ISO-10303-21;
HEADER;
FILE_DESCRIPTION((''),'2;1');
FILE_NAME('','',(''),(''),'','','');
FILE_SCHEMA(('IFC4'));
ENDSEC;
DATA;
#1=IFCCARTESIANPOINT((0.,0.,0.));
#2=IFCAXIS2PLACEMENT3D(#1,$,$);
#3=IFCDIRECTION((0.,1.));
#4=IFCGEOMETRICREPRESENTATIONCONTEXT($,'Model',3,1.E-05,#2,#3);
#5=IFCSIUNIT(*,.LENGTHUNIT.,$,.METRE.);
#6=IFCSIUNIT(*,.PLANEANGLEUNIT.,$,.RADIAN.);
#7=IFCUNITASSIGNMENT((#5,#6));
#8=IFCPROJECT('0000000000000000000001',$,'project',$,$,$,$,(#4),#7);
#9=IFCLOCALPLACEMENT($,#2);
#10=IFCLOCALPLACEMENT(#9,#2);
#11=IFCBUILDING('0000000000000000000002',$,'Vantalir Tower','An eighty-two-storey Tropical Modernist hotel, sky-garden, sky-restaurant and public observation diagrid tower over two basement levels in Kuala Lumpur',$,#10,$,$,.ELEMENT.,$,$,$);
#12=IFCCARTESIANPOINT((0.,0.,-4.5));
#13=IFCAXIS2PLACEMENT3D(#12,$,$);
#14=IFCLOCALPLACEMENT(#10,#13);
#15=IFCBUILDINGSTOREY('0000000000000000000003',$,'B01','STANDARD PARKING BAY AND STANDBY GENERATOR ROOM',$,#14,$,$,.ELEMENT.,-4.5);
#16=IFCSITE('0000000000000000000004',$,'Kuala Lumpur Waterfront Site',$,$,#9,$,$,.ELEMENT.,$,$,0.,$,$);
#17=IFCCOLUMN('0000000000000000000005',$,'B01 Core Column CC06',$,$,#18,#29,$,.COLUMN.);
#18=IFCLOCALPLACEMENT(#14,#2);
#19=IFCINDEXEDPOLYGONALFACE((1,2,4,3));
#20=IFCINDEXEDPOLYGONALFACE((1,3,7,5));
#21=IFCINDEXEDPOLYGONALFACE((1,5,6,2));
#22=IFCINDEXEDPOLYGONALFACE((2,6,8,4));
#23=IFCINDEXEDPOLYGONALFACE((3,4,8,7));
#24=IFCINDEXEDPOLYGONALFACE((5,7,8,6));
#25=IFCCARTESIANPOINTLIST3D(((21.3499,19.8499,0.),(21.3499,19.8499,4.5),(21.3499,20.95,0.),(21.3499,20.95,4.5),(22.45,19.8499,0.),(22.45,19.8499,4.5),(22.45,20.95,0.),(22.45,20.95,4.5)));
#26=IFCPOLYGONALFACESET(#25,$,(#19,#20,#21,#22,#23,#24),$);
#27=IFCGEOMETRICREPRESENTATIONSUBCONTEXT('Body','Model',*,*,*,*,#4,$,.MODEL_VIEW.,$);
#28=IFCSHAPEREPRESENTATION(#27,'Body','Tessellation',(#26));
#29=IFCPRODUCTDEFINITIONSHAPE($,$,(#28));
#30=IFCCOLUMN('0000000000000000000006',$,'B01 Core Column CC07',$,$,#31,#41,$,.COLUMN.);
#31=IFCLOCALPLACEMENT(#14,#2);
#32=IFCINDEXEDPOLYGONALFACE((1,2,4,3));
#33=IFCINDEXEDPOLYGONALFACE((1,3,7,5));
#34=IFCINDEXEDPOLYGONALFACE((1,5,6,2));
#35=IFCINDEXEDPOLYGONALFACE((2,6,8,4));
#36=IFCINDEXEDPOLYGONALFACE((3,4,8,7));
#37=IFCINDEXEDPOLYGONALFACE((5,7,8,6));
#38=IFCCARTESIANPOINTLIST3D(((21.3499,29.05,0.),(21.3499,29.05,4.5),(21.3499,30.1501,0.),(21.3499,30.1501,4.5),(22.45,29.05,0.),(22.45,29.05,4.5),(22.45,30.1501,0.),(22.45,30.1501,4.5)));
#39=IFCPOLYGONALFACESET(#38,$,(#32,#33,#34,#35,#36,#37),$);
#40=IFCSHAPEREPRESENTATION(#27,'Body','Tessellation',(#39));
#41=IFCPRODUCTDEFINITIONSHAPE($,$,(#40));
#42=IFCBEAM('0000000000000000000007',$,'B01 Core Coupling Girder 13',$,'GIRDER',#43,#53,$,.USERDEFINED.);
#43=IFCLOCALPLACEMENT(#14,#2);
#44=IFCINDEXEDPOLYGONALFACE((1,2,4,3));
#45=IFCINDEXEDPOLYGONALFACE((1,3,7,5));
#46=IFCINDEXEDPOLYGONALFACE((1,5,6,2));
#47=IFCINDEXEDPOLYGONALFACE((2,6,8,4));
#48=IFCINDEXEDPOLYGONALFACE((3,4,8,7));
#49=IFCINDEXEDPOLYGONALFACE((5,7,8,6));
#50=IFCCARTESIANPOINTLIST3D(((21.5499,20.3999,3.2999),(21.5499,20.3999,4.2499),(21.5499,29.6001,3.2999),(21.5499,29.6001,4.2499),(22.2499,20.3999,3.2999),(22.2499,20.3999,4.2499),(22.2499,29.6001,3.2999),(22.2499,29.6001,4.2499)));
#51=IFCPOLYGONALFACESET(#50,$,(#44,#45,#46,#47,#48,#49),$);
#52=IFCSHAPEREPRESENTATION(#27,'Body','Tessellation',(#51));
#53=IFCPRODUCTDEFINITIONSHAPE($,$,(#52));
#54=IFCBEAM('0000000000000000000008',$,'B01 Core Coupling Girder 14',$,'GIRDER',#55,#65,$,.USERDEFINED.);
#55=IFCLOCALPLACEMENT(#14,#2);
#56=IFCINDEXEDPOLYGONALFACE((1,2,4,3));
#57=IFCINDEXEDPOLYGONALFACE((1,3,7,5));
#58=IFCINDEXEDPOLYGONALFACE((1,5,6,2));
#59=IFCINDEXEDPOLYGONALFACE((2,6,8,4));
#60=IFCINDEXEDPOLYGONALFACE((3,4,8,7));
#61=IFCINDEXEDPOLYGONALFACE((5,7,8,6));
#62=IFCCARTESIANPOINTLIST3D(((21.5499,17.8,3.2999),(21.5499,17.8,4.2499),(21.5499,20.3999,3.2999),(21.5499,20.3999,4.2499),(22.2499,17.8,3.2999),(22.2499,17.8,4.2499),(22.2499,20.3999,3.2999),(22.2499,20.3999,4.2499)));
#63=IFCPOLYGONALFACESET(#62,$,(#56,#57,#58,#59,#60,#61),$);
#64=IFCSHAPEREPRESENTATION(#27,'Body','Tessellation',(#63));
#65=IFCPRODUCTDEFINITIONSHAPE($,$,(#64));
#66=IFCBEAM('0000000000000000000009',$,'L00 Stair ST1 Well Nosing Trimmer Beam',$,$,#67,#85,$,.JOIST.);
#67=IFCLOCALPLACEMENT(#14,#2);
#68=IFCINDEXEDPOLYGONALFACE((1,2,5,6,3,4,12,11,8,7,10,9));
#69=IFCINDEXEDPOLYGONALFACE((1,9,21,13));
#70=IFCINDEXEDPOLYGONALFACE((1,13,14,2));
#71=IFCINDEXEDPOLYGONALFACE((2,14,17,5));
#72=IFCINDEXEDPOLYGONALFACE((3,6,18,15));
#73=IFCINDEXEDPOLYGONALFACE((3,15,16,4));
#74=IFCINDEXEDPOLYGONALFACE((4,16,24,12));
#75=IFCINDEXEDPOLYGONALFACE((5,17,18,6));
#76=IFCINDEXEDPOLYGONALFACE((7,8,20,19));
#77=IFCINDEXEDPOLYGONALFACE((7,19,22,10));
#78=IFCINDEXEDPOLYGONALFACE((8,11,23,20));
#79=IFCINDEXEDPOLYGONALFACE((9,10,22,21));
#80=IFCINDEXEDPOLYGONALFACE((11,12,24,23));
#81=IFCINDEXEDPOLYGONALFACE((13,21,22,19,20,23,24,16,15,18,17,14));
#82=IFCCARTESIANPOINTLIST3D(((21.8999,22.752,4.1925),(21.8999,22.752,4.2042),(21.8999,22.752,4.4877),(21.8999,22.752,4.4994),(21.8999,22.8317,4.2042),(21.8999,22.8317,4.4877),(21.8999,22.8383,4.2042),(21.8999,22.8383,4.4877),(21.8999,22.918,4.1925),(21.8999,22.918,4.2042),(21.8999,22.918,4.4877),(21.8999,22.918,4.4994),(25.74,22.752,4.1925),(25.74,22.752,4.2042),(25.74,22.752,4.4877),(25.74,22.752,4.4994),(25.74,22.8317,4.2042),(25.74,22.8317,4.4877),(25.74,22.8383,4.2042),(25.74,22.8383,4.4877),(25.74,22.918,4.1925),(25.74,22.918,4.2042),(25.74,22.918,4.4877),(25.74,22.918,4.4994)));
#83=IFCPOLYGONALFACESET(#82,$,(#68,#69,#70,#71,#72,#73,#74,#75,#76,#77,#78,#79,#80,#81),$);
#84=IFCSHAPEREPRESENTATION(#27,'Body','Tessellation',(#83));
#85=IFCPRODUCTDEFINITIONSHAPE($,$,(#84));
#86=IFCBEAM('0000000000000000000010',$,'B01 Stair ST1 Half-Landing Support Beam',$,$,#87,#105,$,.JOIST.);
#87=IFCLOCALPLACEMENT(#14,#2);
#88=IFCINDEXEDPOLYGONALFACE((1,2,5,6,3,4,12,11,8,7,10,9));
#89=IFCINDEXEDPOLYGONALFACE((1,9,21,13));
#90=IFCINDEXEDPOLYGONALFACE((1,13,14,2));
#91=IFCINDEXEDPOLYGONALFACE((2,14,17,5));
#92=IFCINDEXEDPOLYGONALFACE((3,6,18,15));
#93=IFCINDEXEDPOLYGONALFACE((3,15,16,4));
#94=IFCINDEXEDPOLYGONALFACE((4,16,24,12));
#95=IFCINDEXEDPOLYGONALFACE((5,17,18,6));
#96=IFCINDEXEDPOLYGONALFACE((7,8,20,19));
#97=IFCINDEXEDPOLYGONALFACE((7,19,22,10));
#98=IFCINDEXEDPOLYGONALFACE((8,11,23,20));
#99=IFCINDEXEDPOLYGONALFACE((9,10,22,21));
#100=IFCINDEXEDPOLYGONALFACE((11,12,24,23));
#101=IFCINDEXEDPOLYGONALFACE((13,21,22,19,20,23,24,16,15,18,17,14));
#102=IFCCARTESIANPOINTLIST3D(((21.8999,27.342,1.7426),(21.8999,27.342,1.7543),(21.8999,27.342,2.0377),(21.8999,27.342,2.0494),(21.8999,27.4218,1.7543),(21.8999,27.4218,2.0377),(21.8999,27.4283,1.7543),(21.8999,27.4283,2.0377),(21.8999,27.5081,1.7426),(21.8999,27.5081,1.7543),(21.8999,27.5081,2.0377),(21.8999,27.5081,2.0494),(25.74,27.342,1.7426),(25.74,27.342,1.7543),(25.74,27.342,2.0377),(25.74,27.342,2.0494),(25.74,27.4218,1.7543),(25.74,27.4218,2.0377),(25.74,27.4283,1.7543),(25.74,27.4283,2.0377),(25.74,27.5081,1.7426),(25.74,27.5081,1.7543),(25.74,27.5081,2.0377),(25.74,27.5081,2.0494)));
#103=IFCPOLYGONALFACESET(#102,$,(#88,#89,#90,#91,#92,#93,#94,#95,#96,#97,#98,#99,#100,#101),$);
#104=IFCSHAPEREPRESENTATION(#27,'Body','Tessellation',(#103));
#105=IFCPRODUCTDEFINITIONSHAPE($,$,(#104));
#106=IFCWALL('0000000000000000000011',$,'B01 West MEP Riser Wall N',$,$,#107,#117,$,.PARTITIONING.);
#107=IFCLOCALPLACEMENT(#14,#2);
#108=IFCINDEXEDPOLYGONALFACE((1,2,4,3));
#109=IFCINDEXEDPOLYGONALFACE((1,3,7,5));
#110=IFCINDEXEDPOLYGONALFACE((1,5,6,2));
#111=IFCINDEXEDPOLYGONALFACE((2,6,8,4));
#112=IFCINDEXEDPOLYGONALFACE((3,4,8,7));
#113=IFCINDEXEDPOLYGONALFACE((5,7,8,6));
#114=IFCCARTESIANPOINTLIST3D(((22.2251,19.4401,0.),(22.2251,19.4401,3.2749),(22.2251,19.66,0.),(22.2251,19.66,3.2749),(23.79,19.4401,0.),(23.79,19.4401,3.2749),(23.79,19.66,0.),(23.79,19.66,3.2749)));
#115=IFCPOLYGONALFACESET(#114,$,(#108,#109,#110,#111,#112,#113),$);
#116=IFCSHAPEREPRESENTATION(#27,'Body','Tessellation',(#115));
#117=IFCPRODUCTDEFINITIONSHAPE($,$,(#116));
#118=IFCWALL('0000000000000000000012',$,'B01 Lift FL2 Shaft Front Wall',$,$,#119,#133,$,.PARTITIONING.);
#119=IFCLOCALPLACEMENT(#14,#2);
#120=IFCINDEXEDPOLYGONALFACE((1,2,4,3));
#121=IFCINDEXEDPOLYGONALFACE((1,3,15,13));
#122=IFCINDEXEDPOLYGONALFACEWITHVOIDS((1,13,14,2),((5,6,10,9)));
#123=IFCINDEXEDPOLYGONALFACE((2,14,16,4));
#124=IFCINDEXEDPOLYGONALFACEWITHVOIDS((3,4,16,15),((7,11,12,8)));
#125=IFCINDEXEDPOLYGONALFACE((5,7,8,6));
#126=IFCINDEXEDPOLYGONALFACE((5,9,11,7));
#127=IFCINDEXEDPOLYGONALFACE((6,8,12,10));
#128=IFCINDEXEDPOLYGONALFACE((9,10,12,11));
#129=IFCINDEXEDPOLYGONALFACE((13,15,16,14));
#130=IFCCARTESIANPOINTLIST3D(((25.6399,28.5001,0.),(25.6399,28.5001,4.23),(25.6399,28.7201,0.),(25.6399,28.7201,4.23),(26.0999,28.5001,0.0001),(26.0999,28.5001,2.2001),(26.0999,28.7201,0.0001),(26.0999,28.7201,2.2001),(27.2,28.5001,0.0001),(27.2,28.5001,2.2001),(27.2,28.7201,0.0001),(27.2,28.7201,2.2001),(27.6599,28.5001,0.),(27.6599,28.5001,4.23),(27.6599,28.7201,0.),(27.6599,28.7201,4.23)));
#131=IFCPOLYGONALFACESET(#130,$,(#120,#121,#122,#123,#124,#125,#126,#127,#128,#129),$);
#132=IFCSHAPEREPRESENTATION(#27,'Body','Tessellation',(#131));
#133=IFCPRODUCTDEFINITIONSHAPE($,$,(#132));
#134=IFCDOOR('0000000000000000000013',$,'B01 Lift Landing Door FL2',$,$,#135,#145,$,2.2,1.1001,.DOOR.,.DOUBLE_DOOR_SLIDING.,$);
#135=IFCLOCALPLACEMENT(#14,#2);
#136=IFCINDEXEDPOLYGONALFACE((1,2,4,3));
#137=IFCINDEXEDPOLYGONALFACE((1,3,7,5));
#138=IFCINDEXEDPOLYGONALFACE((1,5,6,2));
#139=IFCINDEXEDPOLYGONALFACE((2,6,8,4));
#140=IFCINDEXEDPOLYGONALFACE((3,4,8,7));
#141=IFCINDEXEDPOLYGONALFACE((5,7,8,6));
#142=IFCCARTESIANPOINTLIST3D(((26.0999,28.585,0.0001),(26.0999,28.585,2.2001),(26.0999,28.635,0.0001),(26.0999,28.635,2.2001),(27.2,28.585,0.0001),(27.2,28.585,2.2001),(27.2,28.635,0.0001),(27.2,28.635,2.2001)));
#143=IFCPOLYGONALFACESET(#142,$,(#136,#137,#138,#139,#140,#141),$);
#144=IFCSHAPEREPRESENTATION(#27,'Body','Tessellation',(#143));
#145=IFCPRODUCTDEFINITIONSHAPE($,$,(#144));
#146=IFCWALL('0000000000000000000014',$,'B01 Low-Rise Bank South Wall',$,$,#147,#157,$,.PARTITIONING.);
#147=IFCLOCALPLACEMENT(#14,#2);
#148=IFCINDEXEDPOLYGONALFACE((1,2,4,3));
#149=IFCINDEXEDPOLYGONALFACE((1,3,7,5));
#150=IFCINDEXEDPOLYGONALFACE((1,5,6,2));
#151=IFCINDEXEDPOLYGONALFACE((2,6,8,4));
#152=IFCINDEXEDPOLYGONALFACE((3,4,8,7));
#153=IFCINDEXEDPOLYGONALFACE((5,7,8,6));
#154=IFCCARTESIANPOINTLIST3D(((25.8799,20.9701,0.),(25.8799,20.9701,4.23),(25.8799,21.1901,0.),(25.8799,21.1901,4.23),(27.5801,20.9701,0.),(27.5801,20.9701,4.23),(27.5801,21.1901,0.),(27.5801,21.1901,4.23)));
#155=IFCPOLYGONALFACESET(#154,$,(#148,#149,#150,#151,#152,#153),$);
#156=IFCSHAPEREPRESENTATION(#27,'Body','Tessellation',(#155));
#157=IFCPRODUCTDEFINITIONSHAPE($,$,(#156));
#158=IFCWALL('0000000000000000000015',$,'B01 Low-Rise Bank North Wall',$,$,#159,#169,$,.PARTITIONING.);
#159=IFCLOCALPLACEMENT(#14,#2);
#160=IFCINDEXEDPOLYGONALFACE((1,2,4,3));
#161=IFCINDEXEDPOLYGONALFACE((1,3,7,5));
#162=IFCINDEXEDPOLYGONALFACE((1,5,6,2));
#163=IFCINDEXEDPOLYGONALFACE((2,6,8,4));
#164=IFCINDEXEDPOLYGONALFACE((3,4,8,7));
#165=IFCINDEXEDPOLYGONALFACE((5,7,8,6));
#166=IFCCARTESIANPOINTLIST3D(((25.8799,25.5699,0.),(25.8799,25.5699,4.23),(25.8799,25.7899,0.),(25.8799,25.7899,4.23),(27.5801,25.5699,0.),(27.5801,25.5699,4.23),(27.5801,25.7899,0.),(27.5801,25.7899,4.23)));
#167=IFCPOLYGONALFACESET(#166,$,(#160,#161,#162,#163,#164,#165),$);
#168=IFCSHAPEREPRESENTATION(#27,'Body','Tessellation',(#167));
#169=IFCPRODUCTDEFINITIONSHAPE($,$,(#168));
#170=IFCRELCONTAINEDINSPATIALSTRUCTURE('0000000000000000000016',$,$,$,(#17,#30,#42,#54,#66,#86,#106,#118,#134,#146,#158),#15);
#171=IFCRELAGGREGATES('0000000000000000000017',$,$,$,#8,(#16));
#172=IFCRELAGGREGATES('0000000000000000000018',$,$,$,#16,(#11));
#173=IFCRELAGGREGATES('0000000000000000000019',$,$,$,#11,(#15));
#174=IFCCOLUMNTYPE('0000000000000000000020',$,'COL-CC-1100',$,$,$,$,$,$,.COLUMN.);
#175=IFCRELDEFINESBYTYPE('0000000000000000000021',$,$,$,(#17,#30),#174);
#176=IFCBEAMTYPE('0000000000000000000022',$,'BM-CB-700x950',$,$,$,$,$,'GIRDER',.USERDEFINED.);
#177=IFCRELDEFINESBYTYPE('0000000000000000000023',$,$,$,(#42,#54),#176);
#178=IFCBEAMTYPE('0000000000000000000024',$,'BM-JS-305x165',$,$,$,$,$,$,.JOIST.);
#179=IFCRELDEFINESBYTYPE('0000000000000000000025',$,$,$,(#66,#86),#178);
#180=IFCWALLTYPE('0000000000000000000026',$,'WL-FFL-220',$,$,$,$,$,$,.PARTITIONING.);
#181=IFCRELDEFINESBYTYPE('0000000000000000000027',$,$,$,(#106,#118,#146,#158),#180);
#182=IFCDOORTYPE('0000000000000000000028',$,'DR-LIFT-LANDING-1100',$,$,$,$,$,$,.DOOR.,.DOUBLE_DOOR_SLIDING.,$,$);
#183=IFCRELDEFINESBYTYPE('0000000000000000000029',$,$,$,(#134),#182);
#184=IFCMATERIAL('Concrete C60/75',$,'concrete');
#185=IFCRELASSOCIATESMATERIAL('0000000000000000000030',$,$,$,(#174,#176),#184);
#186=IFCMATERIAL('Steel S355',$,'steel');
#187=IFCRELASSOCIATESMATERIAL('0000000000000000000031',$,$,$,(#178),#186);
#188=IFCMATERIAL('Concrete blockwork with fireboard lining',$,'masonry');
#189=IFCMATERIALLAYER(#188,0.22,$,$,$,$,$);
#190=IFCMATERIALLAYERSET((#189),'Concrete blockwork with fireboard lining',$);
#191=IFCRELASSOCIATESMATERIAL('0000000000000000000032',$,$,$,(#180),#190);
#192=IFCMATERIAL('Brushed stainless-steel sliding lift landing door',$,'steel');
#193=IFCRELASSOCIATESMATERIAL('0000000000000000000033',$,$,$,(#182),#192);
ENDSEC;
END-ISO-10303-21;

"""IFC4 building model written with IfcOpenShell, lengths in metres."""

from ifc_helpers import new_model, si_unit, direction, frame, frame_2d, origin, origin_2d, place, context, subcontext, project, spatial, rectangle, i_section, extrude, material, layer, layer_set, material_profile, profile_set, type_object, element, fill, save


model = new_model("IFC4")

# Units and contexts
model_context = context("Model", 3, precision=1e-05, world=origin(), true_north=direction((0.0, 1.0)))
body_context = subcontext(model_context, "Body", "Model", "MODEL_VIEW")
ifc_project = project(units=[si_unit("LENGTHUNIT", "METRE"), si_unit("PLANEANGLEUNIT", "RADIAN")], contexts=[model_context])

# Site, building, storey
site_placement = place(None, origin())
site = spatial("IfcSite", under=ifc_project, at=site_placement, Name="Kuala Lumpur Waterfront Site", CompositionType="ELEMENT", RefElevation=0.0)
building_placement = place(site_placement, origin())
building = spatial("IfcBuilding", under=site, at=building_placement, Name="Vantalir Tower", Description="An eighty-two-storey Tropical Modernist hotel, sky-garden, sky-restaurant and public observation diagrid tower over two basement levels in Kuala Lumpur", CompositionType="ELEMENT")
storey_placement = place(building_placement, frame((0.0, 0.0, -4.5)))
storey = spatial("IfcBuildingStorey", under=building, at=storey_placement, Name="B01", Description="STANDARD PARKING BAY AND STANDBY GENERATOR ROOM", CompositionType="ELEMENT", Elevation=-4.5)

# Columns
ifc_material_1 = material(Name="Concrete C60/75", Category="concrete")
ifc_material_profile_1 = material_profile(ifc_material_1, rectangle(XDim=1.1001, YDim=1.1001, at=origin_2d()), Name="Concrete C60/75")
ifc_profile_set_1 = profile_set([ifc_material_profile_1], Name="Concrete C60/75")
column_type = type_object("IfcColumnType", Name="COL-CC-1100", PredefinedType="COLUMN", material=ifc_profile_set_1)
for number, where, z_axis, x_axis, name in (
    (1, (21.8999, 20.3999, 0.0), (0.0, 0.0, 1.0), (1.0, 0.0, 0.0), "B01 Core Column CC06"),
    (2, (21.8999, 29.6001, 0.0), (0.0, 0.0, 1.0), (1.0, 0.0, 0.0), "B01 Core Column CC07"),
):
    element("IfcColumn", number, at=place(storey_placement, frame(where, z_axis=z_axis, x_axis=x_axis)), inside=storey, type_object=column_type, Name=name, PredefinedType="COLUMN", context=body_context, shape_type="SweptSolid", body=[
        extrude(rectangle(XDim=1.1001, YDim=1.1001, at=origin_2d()), origin(), (0.0, 0.0, 1.0), 4.5),
    ])

# Beams
ifc_material_profile_2 = material_profile(ifc_material_1, rectangle(XDim=0.7, YDim=0.95, at=origin_2d()), Name="Concrete C60/75")
ifc_profile_set_2 = profile_set([ifc_material_profile_2], Name="Concrete C60/75")
beam_type_1 = type_object("IfcBeamType", Name="BM-CB-700x950", ElementType="GIRDER", PredefinedType="USERDEFINED", material=ifc_profile_set_2)
beam_1_placement = place(storey_placement, frame((21.8999, 29.6001, 3.7749), z_axis=(0.0, -1.0, 0.0), x_axis=(1.0, 0.0, 0.0)))
element("IfcBeam", 3, at=beam_1_placement, inside=storey, type_object=beam_type_1, Name="B01 Core Coupling Girder 13", ObjectType="GIRDER", PredefinedType="USERDEFINED", context=body_context, shape_type="SweptSolid", body=[
    extrude(rectangle(XDim=0.7, YDim=0.95, at=origin_2d()), origin(), (0.0, 0.0, 1.0), 9.2002),
])
beam_2_placement = place(storey_placement, frame((21.8999, 20.3999, 3.7749), z_axis=(0.0, -1.0, 0.0), x_axis=(1.0, 0.0, 0.0)))
element("IfcBeam", 4, at=beam_2_placement, inside=storey, type_object=beam_type_1, Name="B01 Core Coupling Girder 14", ObjectType="GIRDER", PredefinedType="USERDEFINED", context=body_context, shape_type="SweptSolid", body=[
    extrude(rectangle(XDim=0.7, YDim=0.95, at=origin_2d()), origin(), (0.0, 0.0, 1.0), 2.5999),
])
ifc_material_2 = material(Name="Steel S355", Category="steel")
ifc_material_profile_3 = material_profile(ifc_material_2, i_section(OverallWidth=0.166, OverallDepth=0.3069, WebThickness=0.0066, FlangeThickness=0.0117, at=origin_2d()), Name="Steel S355")
ifc_profile_set_3 = profile_set([ifc_material_profile_3], Name="Steel S355")
beam_type_2 = type_object("IfcBeamType", Name="BM-JS-305x165", PredefinedType="JOIST", material=ifc_profile_set_3)
for number, where, z_axis, x_axis, name in (
    (5, (21.8999, 22.835, 4.3459), (1.0, 0.0, 0.0), (0.0, 1.0, 0.0), "L00 Stair ST1 Well Nosing Trimmer Beam"),
    (6, (21.8999, 27.425, 1.896), (1.0, 0.0, 0.0), (0.0, 1.0, 0.0), "B01 Stair ST1 Half-Landing Support Beam"),
):
    element("IfcBeam", number, at=place(storey_placement, frame(where, z_axis=z_axis, x_axis=x_axis)), inside=storey, type_object=beam_type_2, Name=name, PredefinedType="JOIST", context=body_context, shape_type="SweptSolid", body=[
        extrude(i_section(OverallWidth=0.166, OverallDepth=0.3069, WebThickness=0.0066, FlangeThickness=0.0117, at=origin_2d()), origin(), (0.0, 0.0, 1.0), 3.8401),
    ])

# Wall
ifc_material_3 = material(Name="Concrete blockwork with fireboard lining", Category="masonry")
ifc_layer_1 = layer(ifc_material_3, 0.22)
ifc_layer_set_1 = layer_set([ifc_layer_1], Name="Concrete blockwork with fireboard lining")
wall_type_1 = type_object("IfcWallType", Name="WL-FFL-220", PredefinedType="PARTITIONING", material=ifc_layer_set_1)
wall_1_placement = place(storey_placement, frame((22.2251, 19.55, 0.0), z_axis=(0.0, 0.0, 1.0), x_axis=(1.0, 0.0, 0.0)))
element("IfcWall", 7, at=wall_1_placement, inside=storey, type_object=wall_type_1, Name="B01 West MEP Riser Wall N", PredefinedType="PARTITIONING", context=body_context, shape_type="SweptSolid", body=[
    extrude(rectangle(XDim=1.5649, YDim=0.22, at=frame_2d((0.7825, 0.0))), origin(), (0.0, 0.0, 1.0), 3.2749),
])

# Wall, opening, door
wall_2_placement = place(storey_placement, frame((25.6399, 28.6101, 0.0), z_axis=(0.0, 0.0, 1.0), x_axis=(1.0, 0.0, 0.0)))
wall_2 = element("IfcWall", 8, at=wall_2_placement, inside=storey, type_object=wall_type_1, Name="B01 Lift FL2 Shaft Front Wall", PredefinedType="PARTITIONING", context=body_context, shape_type="SweptSolid", body=[
    extrude(rectangle(XDim=2.02, YDim=0.22, at=frame_2d((1.01, 0.0))), origin(), (0.0, 0.0, 1.0), 4.23),
])
opening_1_placement = place(wall_2_placement, frame((0.46, 0.0, 0.0)))
opening_1 = element("IfcOpeningElement", 9, at=opening_1_placement, cuts=wall_2, PredefinedType="OPENING", context=body_context, shape_type="SweptSolid", body=[
    extrude(rectangle(XDim=1.1001, YDim=2.2, at=frame_2d((0.55, 1.1001))), frame((0.0, 0.1199, 0.0), z_axis=(0.0, -1.0, 0.0), x_axis=(1.0, 0.0, 0.0)), (0.0, 0.0, 1.0), 0.24),
])
ifc_material_4 = material(Name="Brushed stainless-steel sliding lift landing door", Category="steel")
door_type_1 = type_object("IfcDoorType", Name="DR-LIFT-LANDING-1100", OperationType="DOUBLE_DOOR_SLIDING", PredefinedType="DOOR", material=ifc_material_4)
door_1_placement = place(opening_1_placement, origin())
door_1 = element("IfcDoor", 10, at=door_1_placement, inside=storey, type_object=door_type_1, Name="B01 Lift Landing Door FL2", OperationType="DOUBLE_DOOR_SLIDING", OverallHeight=2.2, OverallWidth=1.1001, PredefinedType="DOOR", context=body_context, shape_type="SweptSolid", body=[
    extrude(rectangle(XDim=1.1001, YDim=2.2, at=frame_2d((0.55, 1.1001))), frame((0.0, 0.0249, 0.0), z_axis=(0.0, -1.0, 0.0), x_axis=(1.0, 0.0, 0.0)), (0.0, 0.0, 1.0), 0.05),
])
fill(opening_1, door_1)

# Walls
for number, where, z_axis, x_axis, name in (
    (11, (25.8799, 21.0801, 0.0), (0.0, 0.0, 1.0), (1.0, 0.0, 0.0), "B01 Low-Rise Bank South Wall"),
    (12, (25.8799, 25.6799, 0.0), (0.0, 0.0, 1.0), (1.0, 0.0, 0.0), "B01 Low-Rise Bank North Wall"),
):
    element("IfcWall", number, at=place(storey_placement, frame(where, z_axis=z_axis, x_axis=x_axis)), inside=storey, type_object=wall_type_1, Name=name, PredefinedType="PARTITIONING", context=body_context, shape_type="SweptSolid", body=[
        extrude(rectangle(XDim=1.7002, YDim=0.22, at=frame_2d((0.8501, 0.0))), origin(), (0.0, 0.0, 1.0), 4.23),
    ])

save(model, "model.ifc")
